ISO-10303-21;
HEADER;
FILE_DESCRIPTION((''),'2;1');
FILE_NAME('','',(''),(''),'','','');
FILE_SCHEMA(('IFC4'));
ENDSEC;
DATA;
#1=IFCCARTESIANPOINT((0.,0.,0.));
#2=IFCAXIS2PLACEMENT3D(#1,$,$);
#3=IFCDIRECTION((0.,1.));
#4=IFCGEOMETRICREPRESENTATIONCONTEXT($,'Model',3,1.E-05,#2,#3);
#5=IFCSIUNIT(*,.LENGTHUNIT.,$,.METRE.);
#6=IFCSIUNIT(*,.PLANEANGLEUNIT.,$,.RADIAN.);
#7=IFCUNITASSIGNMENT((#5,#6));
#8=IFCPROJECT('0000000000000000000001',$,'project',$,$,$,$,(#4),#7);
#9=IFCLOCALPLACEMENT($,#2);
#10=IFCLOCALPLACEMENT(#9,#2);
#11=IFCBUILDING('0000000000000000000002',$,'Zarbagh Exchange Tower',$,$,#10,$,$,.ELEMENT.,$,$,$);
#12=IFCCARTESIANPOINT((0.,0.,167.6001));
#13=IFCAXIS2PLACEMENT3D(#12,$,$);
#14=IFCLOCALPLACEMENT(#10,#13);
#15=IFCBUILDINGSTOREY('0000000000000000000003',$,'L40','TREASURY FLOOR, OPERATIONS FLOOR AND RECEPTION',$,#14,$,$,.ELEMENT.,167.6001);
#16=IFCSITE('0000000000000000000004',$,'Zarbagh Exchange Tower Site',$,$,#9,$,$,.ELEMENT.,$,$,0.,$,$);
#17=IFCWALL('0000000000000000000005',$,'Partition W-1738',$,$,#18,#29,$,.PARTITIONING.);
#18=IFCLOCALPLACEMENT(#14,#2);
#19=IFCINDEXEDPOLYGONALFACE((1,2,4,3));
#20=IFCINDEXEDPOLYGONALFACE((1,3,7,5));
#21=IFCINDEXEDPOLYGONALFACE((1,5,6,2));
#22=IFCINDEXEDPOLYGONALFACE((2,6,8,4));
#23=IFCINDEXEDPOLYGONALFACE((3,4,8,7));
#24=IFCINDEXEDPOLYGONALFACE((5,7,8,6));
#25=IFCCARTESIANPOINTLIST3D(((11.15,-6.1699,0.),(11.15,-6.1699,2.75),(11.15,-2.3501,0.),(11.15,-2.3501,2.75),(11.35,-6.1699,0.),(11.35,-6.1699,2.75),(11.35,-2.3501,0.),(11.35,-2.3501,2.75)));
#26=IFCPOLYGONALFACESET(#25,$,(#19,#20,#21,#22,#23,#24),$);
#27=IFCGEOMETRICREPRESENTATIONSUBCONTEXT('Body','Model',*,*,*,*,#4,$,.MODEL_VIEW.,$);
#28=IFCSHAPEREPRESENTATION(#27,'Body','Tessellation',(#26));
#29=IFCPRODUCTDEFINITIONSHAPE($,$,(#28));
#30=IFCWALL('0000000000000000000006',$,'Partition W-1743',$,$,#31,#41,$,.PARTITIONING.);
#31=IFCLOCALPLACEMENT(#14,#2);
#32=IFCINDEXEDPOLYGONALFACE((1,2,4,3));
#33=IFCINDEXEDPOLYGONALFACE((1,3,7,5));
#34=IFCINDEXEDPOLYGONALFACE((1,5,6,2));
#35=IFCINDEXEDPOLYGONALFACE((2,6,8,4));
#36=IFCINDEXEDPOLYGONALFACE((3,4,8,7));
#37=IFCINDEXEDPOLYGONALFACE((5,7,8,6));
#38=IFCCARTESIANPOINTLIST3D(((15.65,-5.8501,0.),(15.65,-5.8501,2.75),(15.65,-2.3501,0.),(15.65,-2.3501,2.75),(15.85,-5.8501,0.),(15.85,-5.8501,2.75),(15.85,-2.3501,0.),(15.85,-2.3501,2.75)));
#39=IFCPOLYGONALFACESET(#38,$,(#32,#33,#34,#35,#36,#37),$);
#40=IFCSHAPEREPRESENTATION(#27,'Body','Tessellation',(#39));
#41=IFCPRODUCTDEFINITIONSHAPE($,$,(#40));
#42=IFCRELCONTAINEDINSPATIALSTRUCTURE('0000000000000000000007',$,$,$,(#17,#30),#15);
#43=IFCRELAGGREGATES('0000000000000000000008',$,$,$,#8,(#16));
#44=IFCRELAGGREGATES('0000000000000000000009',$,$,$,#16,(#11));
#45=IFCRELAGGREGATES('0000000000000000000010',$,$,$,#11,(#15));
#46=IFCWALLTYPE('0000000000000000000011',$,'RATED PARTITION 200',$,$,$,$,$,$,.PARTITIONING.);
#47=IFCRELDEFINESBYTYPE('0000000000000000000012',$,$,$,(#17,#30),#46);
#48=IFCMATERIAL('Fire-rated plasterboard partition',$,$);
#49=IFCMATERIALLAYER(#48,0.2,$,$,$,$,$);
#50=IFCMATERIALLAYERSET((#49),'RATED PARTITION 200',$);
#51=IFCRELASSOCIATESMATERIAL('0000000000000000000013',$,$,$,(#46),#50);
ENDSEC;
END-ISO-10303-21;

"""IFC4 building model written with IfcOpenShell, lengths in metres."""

from ifc_helpers import new_model, si_unit, direction, frame, frame_2d, origin, place, context, subcontext, project, spatial, rectangle, extrude, material, layer, layer_set, type_object, element, save


model = new_model("IFC4")

# Units and contexts
model_context = context("Model", 3, precision=1e-05, world=origin(), true_north=direction((0.0, 1.0)))
body_context = subcontext(model_context, "Body", "Model", "MODEL_VIEW")
ifc_project = project(units=[si_unit("LENGTHUNIT", "METRE"), si_unit("PLANEANGLEUNIT", "RADIAN")], contexts=[model_context])

# Site, building, storey
site_placement = place(None, origin())
site = spatial("IfcSite", under=ifc_project, at=site_placement, Name="Zarbagh Exchange Tower Site", CompositionType="ELEMENT", RefElevation=0.0)
building_placement = place(site_placement, origin())
building = spatial("IfcBuilding", under=site, at=building_placement, Name="Zarbagh Exchange Tower", CompositionType="ELEMENT")
storey_placement = place(building_placement, frame((0.0, 0.0, 167.6001)))
storey = spatial("IfcBuildingStorey", under=building, at=storey_placement, Name="L40", Description="TREASURY FLOOR, OPERATIONS FLOOR AND RECEPTION", CompositionType="ELEMENT", Elevation=167.6001)

# Shared definitions
ifc_material_1 = material(Name="Fire-rated plasterboard partition")
ifc_layer = layer(ifc_material_1, 0.2)
ifc_layer_set = layer_set([ifc_layer], Name="RATED PARTITION 200")
wall_type = type_object("IfcWallType", Name="RATED PARTITION 200", PredefinedType="PARTITIONING", material=ifc_layer_set)

# Walls
wall_1_placement = place(storey_placement, frame((11.25, -6.1699, 0.0), z_axis=(0.0, 0.0, 1.0), x_axis=(0.0, 1.0, 0.0)))
element("IfcWall", 1, at=wall_1_placement, inside=storey, type_object=wall_type, Name="Partition W-1738", PredefinedType="PARTITIONING", context=body_context, shape_type="SweptSolid", body=[
    extrude(rectangle(XDim=3.8198, YDim=0.2, at=frame_2d((1.9099, 0.0))), origin(), (0.0, 0.0, 1.0), 2.75),
])
wall_2_placement = place(storey_placement, frame((15.75, -5.8501, 0.0), z_axis=(0.0, 0.0, 1.0), x_axis=(0.0, 1.0, 0.0)))
element("IfcWall", 2, at=wall_2_placement, inside=storey, type_object=wall_type, Name="Partition W-1743", PredefinedType="PARTITIONING", context=body_context, shape_type="SweptSolid", body=[
    extrude(rectangle(XDim=3.5, YDim=0.2, at=frame_2d((1.75, 0.0))), origin(), (0.0, 0.0, 1.0), 2.75),
])

save(model, "model.ifc")
